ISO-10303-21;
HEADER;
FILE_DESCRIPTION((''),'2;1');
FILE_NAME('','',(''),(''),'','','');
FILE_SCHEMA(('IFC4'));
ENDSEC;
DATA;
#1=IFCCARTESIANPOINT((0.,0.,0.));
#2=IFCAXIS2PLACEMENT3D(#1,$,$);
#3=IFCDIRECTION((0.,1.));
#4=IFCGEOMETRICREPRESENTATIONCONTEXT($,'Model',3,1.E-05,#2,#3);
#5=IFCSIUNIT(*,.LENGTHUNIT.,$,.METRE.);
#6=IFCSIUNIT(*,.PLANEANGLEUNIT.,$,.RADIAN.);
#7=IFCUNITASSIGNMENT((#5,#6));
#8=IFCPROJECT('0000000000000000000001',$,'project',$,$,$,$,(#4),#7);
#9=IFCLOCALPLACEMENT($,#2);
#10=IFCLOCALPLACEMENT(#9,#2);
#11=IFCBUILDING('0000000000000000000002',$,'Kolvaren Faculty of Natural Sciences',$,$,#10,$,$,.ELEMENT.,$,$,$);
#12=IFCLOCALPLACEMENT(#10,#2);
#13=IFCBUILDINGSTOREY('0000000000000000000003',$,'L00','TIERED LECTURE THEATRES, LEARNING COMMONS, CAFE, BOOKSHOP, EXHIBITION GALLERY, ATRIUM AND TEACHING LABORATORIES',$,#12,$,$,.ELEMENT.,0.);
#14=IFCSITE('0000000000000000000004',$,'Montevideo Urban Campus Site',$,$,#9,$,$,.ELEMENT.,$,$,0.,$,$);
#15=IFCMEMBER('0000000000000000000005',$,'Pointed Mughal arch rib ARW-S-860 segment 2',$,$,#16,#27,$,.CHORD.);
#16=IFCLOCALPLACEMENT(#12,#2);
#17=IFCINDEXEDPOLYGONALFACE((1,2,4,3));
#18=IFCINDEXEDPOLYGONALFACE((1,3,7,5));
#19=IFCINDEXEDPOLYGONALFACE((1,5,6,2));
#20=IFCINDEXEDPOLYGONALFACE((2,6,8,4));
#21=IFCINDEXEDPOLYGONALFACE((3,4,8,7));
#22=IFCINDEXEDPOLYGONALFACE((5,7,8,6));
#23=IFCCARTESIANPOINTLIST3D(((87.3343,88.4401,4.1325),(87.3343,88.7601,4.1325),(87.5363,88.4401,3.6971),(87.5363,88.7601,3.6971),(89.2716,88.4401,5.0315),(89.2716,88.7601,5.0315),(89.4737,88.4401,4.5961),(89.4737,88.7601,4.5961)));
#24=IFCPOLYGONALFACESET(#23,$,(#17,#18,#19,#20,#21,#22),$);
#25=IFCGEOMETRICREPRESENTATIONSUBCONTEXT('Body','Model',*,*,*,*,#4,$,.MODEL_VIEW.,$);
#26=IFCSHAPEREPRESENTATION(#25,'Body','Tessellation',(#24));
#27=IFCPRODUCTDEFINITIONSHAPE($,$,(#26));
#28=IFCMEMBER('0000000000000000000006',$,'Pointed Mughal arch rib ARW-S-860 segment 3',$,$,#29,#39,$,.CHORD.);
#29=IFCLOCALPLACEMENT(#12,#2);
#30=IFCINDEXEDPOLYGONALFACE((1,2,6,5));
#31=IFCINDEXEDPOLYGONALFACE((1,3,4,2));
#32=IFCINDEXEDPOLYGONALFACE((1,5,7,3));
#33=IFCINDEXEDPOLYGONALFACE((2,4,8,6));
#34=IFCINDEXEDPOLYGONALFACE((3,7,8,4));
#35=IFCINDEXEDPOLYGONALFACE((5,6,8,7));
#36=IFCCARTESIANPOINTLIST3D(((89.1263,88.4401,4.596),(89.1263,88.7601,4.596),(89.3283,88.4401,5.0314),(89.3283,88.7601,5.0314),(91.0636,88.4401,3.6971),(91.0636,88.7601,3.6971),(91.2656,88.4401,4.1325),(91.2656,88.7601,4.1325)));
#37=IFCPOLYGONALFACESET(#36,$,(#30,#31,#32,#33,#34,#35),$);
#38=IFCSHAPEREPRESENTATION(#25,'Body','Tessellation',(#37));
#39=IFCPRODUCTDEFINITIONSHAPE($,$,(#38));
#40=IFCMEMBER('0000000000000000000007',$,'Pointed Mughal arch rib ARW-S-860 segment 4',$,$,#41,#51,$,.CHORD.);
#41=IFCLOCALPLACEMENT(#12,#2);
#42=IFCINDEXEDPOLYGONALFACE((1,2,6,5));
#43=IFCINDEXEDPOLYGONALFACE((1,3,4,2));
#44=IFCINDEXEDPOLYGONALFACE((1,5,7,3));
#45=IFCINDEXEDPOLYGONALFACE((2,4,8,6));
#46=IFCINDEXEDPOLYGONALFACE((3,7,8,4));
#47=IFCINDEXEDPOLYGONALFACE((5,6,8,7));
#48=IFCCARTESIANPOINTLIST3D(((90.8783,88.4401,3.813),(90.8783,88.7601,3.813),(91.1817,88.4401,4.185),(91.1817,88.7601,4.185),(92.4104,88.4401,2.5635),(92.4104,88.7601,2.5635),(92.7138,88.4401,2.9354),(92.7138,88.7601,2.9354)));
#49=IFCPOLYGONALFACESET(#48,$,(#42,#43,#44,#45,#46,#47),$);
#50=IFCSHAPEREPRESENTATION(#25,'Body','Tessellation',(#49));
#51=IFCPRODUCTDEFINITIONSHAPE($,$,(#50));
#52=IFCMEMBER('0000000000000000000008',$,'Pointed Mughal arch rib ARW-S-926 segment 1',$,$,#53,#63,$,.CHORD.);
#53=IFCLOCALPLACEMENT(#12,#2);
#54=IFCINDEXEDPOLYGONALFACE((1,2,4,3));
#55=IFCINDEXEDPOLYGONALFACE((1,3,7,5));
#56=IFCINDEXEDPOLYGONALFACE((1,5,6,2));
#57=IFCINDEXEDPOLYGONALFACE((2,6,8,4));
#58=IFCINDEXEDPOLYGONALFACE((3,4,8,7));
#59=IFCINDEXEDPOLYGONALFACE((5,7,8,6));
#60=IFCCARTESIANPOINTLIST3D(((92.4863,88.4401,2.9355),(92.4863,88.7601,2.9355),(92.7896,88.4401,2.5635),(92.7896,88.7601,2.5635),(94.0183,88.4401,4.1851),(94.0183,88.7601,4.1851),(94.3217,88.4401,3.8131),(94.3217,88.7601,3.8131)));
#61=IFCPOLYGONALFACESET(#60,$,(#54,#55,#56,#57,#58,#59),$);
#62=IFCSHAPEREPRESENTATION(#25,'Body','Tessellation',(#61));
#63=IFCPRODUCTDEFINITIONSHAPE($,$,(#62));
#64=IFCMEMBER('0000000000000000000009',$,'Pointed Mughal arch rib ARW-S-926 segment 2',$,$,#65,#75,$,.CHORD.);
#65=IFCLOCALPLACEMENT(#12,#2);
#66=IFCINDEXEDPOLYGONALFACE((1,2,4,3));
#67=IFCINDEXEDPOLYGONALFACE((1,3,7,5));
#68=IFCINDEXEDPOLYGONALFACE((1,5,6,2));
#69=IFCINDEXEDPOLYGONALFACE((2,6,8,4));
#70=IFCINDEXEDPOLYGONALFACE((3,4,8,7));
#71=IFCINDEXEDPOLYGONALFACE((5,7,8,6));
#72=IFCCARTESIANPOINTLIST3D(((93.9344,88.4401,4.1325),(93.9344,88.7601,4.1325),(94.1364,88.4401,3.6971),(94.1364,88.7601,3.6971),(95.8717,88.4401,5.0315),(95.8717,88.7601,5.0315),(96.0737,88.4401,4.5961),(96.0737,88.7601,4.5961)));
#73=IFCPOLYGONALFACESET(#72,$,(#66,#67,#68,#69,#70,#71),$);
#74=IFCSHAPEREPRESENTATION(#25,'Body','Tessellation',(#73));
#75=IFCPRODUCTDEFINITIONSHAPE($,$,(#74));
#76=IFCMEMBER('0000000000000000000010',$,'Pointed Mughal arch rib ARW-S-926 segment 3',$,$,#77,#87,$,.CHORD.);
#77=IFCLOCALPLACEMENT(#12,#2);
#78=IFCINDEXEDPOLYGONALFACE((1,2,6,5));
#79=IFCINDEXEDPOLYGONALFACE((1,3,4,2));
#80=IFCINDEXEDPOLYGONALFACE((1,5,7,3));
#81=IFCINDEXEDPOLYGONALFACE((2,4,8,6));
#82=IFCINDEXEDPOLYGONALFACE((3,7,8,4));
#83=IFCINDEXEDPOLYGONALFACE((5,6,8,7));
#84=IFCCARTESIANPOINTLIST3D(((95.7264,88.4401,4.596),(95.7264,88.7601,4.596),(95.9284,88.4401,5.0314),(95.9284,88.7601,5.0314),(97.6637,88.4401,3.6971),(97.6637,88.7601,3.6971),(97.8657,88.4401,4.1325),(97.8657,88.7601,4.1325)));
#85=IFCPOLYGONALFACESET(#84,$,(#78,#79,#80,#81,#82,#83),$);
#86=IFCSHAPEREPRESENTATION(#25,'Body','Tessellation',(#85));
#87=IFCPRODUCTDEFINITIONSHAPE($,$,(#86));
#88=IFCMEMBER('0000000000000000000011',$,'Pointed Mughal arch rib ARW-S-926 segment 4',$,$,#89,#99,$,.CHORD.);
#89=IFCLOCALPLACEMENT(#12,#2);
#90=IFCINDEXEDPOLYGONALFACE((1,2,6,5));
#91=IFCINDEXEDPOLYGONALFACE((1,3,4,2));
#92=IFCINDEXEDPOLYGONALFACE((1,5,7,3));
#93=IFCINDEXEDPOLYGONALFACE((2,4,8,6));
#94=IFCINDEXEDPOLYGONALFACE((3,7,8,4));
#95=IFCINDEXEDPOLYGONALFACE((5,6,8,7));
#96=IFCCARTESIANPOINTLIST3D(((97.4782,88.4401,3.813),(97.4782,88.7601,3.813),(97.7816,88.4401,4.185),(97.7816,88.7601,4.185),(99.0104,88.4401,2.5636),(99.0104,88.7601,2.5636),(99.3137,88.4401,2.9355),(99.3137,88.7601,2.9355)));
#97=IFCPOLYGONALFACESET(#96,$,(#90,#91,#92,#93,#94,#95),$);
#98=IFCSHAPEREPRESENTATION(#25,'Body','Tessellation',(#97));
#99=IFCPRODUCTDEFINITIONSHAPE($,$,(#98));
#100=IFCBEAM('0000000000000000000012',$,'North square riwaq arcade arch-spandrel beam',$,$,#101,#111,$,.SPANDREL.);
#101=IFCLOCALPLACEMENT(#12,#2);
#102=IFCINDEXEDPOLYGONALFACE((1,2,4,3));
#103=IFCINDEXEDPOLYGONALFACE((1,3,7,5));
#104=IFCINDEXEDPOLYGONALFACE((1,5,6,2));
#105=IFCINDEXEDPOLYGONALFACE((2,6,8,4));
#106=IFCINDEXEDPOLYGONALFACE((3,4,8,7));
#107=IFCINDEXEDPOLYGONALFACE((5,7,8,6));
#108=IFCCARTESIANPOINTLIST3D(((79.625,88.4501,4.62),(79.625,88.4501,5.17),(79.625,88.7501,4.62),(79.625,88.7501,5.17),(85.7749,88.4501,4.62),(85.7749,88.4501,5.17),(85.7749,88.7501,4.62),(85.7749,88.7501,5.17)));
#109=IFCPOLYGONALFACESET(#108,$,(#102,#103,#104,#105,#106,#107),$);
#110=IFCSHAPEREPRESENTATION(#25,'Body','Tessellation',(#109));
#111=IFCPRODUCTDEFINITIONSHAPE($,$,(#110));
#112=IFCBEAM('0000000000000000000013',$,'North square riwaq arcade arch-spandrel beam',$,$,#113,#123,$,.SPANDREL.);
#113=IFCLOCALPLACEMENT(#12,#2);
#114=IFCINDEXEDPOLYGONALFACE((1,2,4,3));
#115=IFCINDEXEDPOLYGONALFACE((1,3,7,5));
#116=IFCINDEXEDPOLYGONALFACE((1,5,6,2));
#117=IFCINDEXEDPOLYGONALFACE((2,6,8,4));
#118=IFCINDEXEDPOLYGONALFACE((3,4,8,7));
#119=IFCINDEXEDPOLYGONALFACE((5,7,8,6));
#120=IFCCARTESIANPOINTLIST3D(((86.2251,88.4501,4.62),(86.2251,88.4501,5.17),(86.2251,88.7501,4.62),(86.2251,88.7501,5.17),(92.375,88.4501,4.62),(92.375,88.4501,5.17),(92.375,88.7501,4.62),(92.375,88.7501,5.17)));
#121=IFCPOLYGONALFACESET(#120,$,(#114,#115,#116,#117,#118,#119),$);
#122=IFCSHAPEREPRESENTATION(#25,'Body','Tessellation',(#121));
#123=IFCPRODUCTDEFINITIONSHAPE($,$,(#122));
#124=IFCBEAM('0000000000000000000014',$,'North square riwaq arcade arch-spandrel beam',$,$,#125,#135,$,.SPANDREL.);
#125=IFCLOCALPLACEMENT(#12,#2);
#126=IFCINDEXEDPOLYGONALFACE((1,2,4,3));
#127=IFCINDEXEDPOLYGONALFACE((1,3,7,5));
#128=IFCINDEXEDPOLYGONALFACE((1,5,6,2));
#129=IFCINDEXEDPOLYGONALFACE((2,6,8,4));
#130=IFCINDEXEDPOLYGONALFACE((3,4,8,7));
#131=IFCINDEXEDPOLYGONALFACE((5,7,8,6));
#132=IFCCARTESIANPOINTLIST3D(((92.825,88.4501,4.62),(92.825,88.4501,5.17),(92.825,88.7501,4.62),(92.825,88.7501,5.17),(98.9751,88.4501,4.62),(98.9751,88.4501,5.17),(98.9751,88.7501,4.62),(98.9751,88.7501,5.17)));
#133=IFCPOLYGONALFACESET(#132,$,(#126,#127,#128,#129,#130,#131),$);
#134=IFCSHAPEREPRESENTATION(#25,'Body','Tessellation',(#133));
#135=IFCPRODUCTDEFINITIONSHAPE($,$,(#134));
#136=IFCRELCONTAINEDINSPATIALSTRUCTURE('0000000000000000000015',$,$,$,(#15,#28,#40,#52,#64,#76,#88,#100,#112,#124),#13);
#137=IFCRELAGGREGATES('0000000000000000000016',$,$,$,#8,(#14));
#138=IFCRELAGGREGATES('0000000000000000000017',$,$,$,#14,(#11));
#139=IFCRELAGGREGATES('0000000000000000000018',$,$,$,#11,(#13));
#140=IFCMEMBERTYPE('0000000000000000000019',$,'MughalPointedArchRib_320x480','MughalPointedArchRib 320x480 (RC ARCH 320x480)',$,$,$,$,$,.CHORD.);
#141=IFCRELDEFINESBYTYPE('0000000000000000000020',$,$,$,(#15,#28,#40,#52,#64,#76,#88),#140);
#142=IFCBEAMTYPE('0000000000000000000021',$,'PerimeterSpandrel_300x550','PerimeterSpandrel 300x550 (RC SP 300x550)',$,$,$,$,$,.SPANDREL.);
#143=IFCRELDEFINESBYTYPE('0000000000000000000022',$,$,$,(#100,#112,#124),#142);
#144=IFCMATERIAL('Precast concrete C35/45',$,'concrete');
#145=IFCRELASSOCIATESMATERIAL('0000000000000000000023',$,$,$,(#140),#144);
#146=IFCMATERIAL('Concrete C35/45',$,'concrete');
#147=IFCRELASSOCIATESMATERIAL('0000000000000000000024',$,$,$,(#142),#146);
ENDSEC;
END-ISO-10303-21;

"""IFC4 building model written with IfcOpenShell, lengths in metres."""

from ifc_helpers import new_model, si_unit, direction, frame, origin, origin_2d, place, context, subcontext, project, spatial, rectangle, extrude, material, material_profile, profile_set, type_object, element, save


model = new_model("IFC4")

# Units and contexts
model_context = context("Model", 3, precision=1e-05, world=origin(), true_north=direction((0.0, 1.0)))
body_context = subcontext(model_context, "Body", "Model", "MODEL_VIEW")
ifc_project = project(units=[si_unit("LENGTHUNIT", "METRE"), si_unit("PLANEANGLEUNIT", "RADIAN")], contexts=[model_context])

# Site, building, storey
site_placement = place(None, origin())
site = spatial("IfcSite", under=ifc_project, at=site_placement, Name="Montevideo Urban Campus Site", CompositionType="ELEMENT", RefElevation=0.0)
building_placement = place(site_placement, origin())
building = spatial("IfcBuilding", under=site, at=building_placement, Name="Kolvaren Faculty of Natural Sciences", CompositionType="ELEMENT")
storey_placement = place(building_placement, origin())
storey = spatial("IfcBuildingStorey", under=building, at=storey_placement, Name="L00", Description="TIERED LECTURE THEATRES, LEARNING COMMONS, CAFE, BOOKSHOP, EXHIBITION GALLERY, ATRIUM AND TEACHING LABORATORIES", CompositionType="ELEMENT", Elevation=0.0)

# Shared definitions
ifc_material_1 = material(Name="Concrete C35/45", Category="concrete")

# Members
ifc_material_2 = material(Name="Precast concrete C35/45", Category="concrete")
ifc_material_profile_1 = material_profile(ifc_material_2, rectangle(XDim=0.3201, YDim=0.48, at=origin_2d()), Name="RC ARCH 320x480")
ifc_profile_set_1 = profile_set([ifc_material_profile_1], Name="Precast concrete C35/45")
member_type = type_object("IfcMemberType", Name="MughalPointedArchRib_320x480", Description="MughalPointedArchRib 320x480 (RC ARCH 320x480)", PredefinedType="CHORD", material=ifc_profile_set_1)
for number, where, z_axis, x_axis, name in (
    (1, (87.4353, 88.6001, 3.9148), (0.907101, 0.0, 0.420913), (0.0, 1.0, 0.0), "Pointed Mughal arch rib ARW-S-860 segment 2"),
    (2, (89.2273, 88.6001, 4.8137), (0.907101, 0.0, -0.420913), (0.0, 1.0, 0.0), "Pointed Mughal arch rib ARW-S-860 segment 3"),
):
    element("IfcMember", number, at=place(storey_placement, frame(where, z_axis=z_axis, x_axis=x_axis)), inside=storey, type_object=member_type, Name=name, PredefinedType="CHORD", context=body_context, shape_type="SweptSolid", body=[
        extrude(rectangle(XDim=0.3201, YDim=0.48, at=origin_2d()), origin(), (0.0, 0.0, 1.0), 2.1357),
    ])
for number, where, z_axis, x_axis, name in (
    (3, (91.03, 88.6001, 3.999), (0.77493, 0.0, -0.632047), (0.0, 1.0, 0.0), "Pointed Mughal arch rib ARW-S-860 segment 4"),
    (4, (92.6379, 88.6001, 2.7495), (0.77493, 0.0, 0.632047), (0.0, 1.0, 0.0), "Pointed Mughal arch rib ARW-S-926 segment 1"),
):
    element("IfcMember", number, at=place(storey_placement, frame(where, z_axis=z_axis, x_axis=x_axis)), inside=storey, type_object=member_type, Name=name, PredefinedType="CHORD", context=body_context, shape_type="SweptSolid", body=[
        extrude(rectangle(XDim=0.3201, YDim=0.48, at=origin_2d()), origin(), (0.0, 0.0, 1.0), 1.9771),
    ])
for number, where, z_axis, x_axis, name in (
    (5, (94.0354, 88.6001, 3.9148), (0.907101, 0.0, 0.420913), (0.0, 1.0, 0.0), "Pointed Mughal arch rib ARW-S-926 segment 2"),
    (6, (95.8274, 88.6001, 4.8137), (0.907101, 0.0, -0.420913), (0.0, 1.0, 0.0), "Pointed Mughal arch rib ARW-S-926 segment 3"),
):
    element("IfcMember", number, at=place(storey_placement, frame(where, z_axis=z_axis, x_axis=x_axis)), inside=storey, type_object=member_type, Name=name, PredefinedType="CHORD", context=body_context, shape_type="SweptSolid", body=[
        extrude(rectangle(XDim=0.3201, YDim=0.48, at=origin_2d()), origin(), (0.0, 0.0, 1.0), 2.1357),
    ])
member_placement = place(storey_placement, frame((97.6299, 88.6001, 3.999), z_axis=(0.77498, 0.0, -0.631986), x_axis=(0.0, 1.0, 0.0)))
element("IfcMember", 7, at=member_placement, inside=storey, type_object=member_type, Name="Pointed Mughal arch rib ARW-S-926 segment 4", PredefinedType="CHORD", context=body_context, shape_type="SweptSolid", body=[
    extrude(rectangle(XDim=0.3201, YDim=0.48, at=origin_2d()), origin(), (0.0, 0.0, 1.0), 1.9771),
])

# Beams
ifc_material_profile_2 = material_profile(ifc_material_1, rectangle(XDim=0.3, YDim=0.55, at=origin_2d()), Name="RC SP 300x550")
ifc_profile_set_2 = profile_set([ifc_material_profile_2], Name="Concrete C35/45")
beam_type = type_object("IfcBeamType", Name="PerimeterSpandrel_300x550", Description="PerimeterSpandrel 300x550 (RC SP 300x550)", PredefinedType="SPANDREL", material=ifc_profile_set_2)
for number, where, z_axis, x_axis, name in (
    (8, (79.625, 88.6001, 4.895), (1.0, 0.0, 0.0), (0.0, 1.0, 0.0), "North square riwaq arcade arch-spandrel beam"),
    (9, (86.2251, 88.6001, 4.895), (1.0, 0.0, 0.0), (0.0, 1.0, 0.0), "North square riwaq arcade arch-spandrel beam"),
):
    element("IfcBeam", number, at=place(storey_placement, frame(where, z_axis=z_axis, x_axis=x_axis)), inside=storey, type_object=beam_type, Name=name, PredefinedType="SPANDREL", context=body_context, shape_type="SweptSolid", body=[
        extrude(rectangle(XDim=0.3, YDim=0.55, at=origin_2d()), origin(), (0.0, 0.0, 1.0), 6.1499),
    ])
beam_placement = place(storey_placement, frame((92.825, 88.6001, 4.895), z_axis=(1.0, 0.0, 0.0), x_axis=(0.0, 1.0, 0.0)))
element("IfcBeam", 10, at=beam_placement, inside=storey, type_object=beam_type, Name="North square riwaq arcade arch-spandrel beam", PredefinedType="SPANDREL", context=body_context, shape_type="SweptSolid", body=[
    extrude(rectangle(XDim=0.3, YDim=0.55, at=origin_2d()), origin(), (0.0, 0.0, 1.0), 6.1501),
])

save(model, "model.ifc")
